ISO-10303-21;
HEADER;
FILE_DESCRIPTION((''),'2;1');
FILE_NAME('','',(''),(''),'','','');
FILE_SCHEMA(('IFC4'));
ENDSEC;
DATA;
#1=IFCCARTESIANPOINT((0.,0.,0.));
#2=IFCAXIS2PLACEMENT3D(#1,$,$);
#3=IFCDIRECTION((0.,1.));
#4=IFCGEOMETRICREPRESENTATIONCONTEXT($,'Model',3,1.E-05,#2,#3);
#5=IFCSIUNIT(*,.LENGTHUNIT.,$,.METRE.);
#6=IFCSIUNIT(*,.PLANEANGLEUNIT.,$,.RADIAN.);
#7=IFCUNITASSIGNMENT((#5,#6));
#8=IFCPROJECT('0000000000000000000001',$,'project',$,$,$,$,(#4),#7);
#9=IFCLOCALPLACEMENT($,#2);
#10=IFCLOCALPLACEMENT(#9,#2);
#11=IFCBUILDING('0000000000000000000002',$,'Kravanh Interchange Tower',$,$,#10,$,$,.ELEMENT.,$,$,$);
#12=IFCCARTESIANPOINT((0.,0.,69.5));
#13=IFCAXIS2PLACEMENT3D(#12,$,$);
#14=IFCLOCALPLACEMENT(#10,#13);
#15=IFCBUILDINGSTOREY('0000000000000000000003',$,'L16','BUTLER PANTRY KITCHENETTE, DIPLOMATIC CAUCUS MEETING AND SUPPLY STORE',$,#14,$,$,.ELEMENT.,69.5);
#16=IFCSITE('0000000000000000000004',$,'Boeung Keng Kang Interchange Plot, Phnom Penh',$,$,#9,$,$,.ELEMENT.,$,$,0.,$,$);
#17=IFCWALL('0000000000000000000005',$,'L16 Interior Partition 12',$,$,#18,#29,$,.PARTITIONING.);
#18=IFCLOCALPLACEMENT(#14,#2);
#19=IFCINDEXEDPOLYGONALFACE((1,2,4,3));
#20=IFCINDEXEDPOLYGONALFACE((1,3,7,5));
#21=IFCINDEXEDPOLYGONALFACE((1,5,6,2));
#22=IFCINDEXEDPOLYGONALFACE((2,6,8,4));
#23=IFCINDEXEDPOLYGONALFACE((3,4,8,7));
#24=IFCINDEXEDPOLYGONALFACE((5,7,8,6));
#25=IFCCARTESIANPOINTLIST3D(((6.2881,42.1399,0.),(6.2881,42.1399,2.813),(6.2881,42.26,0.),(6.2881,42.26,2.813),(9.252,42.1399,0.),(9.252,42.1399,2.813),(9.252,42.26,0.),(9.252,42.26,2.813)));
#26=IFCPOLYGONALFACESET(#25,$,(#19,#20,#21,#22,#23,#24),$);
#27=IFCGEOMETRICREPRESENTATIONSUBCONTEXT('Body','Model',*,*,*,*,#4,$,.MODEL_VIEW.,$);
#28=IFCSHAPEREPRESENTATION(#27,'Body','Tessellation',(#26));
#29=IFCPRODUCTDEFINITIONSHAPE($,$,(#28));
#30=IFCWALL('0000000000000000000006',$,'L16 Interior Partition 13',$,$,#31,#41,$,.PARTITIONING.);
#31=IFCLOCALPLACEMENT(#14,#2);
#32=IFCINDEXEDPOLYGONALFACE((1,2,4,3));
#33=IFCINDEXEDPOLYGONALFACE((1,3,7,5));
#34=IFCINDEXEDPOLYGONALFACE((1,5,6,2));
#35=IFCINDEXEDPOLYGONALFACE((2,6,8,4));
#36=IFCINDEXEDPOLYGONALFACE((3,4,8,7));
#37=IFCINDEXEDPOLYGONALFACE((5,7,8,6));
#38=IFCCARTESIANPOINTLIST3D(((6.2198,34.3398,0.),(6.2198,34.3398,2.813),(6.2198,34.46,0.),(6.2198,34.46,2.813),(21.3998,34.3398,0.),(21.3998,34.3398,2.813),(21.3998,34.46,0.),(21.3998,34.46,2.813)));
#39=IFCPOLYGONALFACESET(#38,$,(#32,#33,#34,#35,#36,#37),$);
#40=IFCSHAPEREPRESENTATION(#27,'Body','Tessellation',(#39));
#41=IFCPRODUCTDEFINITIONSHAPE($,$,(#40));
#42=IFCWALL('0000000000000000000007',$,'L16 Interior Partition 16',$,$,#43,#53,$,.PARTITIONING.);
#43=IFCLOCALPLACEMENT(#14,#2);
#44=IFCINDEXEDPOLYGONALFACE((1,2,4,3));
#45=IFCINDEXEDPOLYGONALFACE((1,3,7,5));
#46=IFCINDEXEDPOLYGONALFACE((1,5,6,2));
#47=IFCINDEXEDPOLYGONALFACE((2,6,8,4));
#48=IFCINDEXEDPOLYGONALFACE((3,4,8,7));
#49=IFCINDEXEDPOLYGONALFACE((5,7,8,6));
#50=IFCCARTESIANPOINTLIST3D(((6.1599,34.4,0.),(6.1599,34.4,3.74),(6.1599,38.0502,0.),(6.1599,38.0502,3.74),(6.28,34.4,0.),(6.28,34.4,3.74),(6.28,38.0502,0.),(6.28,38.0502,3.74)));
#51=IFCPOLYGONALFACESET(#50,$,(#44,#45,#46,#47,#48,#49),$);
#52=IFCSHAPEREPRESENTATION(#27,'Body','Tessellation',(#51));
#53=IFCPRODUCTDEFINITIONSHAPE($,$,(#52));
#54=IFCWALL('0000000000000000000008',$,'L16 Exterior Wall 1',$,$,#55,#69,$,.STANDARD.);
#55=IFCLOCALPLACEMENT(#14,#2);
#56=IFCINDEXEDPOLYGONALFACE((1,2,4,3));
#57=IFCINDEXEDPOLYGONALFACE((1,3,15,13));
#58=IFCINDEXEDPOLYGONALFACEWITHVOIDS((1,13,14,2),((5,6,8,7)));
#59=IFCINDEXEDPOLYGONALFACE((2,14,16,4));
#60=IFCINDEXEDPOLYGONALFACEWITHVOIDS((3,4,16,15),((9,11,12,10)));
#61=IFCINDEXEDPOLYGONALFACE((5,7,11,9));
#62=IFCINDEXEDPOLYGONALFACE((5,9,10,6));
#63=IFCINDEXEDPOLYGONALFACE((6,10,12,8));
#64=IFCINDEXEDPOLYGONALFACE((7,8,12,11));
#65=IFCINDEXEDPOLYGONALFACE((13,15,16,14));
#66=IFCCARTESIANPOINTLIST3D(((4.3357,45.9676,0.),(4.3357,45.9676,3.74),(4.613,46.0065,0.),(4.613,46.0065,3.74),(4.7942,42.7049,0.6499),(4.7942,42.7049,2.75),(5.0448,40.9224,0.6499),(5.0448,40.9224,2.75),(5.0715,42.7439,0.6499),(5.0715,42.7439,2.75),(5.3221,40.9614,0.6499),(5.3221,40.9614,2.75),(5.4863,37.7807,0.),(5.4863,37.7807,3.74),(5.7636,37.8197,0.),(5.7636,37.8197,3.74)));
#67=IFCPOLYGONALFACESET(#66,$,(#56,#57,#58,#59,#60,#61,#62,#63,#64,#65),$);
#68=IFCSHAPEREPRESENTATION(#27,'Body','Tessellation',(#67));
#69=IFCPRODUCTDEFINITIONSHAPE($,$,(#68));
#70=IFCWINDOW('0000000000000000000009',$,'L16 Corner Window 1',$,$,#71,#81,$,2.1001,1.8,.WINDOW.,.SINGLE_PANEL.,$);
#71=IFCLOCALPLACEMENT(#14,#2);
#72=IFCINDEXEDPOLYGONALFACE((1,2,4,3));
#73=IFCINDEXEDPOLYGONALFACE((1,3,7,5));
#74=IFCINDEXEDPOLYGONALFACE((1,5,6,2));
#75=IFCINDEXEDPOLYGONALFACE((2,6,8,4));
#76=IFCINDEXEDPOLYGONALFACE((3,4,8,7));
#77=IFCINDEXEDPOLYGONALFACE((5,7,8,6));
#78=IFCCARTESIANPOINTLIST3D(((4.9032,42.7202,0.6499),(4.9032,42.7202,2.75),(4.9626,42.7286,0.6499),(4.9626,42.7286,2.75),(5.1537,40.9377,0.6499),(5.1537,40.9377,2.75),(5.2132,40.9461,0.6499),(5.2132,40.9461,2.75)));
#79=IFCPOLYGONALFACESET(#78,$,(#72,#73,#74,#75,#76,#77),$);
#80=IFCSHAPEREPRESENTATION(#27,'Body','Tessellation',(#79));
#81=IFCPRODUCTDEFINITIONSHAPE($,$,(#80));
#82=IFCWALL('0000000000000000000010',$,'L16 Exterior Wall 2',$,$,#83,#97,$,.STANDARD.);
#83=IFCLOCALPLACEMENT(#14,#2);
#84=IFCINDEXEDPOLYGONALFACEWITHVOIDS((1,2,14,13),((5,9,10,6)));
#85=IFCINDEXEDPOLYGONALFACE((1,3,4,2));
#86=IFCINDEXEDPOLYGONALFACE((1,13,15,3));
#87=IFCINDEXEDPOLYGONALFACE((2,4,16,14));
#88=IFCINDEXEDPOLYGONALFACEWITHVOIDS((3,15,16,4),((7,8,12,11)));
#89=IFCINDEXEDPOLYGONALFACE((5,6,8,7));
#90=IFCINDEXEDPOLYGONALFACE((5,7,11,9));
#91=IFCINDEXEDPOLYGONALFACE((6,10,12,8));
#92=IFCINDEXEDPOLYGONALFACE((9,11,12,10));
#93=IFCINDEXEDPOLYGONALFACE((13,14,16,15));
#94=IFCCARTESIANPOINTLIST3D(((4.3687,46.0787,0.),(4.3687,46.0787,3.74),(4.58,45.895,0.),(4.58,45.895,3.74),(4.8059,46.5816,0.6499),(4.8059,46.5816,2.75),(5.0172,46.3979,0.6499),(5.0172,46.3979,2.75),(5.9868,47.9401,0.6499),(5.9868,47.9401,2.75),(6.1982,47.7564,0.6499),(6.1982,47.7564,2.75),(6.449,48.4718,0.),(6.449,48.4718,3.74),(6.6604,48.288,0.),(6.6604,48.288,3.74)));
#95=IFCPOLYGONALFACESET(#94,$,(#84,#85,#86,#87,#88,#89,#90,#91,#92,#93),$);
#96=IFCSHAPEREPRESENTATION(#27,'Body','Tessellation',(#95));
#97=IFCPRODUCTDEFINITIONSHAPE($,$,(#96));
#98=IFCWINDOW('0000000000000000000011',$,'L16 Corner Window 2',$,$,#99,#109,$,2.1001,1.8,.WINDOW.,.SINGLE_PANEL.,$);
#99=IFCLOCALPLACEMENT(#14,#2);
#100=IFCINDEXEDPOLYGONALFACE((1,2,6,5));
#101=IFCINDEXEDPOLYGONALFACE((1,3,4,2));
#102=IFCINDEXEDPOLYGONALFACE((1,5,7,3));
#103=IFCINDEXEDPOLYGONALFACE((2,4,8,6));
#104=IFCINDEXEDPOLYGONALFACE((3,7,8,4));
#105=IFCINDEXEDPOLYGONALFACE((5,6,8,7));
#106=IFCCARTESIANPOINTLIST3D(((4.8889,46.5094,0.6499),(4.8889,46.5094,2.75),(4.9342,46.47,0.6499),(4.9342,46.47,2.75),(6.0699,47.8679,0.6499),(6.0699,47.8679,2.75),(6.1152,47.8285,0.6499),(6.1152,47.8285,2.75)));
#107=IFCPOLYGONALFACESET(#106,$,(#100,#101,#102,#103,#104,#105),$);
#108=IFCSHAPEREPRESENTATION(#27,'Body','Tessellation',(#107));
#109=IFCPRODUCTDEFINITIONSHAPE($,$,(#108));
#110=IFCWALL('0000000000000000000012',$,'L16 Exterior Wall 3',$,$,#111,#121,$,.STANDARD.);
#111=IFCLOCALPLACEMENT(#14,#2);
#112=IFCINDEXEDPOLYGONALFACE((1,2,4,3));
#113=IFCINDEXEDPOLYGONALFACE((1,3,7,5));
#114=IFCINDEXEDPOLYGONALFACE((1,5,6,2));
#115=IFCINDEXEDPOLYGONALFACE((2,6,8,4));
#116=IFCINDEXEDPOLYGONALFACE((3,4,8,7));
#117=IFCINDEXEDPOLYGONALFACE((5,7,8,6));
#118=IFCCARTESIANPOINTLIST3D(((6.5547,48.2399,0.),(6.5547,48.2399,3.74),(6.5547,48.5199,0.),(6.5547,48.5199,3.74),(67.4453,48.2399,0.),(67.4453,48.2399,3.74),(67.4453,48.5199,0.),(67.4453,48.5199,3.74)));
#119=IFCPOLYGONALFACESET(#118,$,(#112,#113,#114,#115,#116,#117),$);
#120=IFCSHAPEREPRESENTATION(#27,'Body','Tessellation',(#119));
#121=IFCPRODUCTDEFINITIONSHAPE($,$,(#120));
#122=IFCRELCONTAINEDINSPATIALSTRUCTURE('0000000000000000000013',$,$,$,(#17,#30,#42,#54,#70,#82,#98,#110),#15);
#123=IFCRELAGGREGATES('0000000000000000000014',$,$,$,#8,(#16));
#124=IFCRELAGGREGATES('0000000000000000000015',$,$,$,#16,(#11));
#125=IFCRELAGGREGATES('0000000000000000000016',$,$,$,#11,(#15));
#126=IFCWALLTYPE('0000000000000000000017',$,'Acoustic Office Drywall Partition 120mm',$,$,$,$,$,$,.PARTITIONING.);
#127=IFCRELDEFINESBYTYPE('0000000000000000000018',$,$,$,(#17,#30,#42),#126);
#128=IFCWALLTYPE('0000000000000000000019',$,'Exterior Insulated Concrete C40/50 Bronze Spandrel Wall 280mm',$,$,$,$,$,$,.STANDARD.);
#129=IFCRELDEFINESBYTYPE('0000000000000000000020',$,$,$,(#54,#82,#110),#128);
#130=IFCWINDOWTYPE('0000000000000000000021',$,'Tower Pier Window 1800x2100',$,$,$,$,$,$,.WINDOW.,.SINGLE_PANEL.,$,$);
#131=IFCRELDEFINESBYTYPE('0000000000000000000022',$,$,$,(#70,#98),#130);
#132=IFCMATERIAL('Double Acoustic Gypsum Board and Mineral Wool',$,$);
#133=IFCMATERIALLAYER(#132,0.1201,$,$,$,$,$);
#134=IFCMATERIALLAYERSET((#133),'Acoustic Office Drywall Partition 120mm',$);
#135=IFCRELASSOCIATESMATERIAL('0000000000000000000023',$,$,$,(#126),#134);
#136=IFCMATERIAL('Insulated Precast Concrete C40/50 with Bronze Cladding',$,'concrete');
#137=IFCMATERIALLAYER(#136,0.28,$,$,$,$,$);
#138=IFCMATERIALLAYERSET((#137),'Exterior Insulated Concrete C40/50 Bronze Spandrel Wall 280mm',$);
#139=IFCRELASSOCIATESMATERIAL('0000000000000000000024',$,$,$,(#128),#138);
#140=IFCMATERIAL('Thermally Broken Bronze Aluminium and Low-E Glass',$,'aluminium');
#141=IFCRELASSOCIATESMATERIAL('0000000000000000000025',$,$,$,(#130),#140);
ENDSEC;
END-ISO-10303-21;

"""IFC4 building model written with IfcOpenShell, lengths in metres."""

from ifc_helpers import new_model, si_unit, direction, frame, frame_2d, origin, place, context, subcontext, project, spatial, rectangle, extrude, material, layer, layer_set, type_object, element, fill, save


model = new_model("IFC4")

# Units and contexts
model_context = context("Model", 3, precision=1e-05, world=origin(), true_north=direction((0.0, 1.0)))
body_context = subcontext(model_context, "Body", "Model", "MODEL_VIEW")
ifc_project = project(units=[si_unit("LENGTHUNIT", "METRE"), si_unit("PLANEANGLEUNIT", "RADIAN")], contexts=[model_context])

# Site, building, storey
site_placement = place(None, origin())
site = spatial("IfcSite", under=ifc_project, at=site_placement, Name="Boeung Keng Kang Interchange Plot, Phnom Penh", CompositionType="ELEMENT", RefElevation=0.0)
building_placement = place(site_placement, origin())
building = spatial("IfcBuilding", under=site, at=building_placement, Name="Kravanh Interchange Tower", CompositionType="ELEMENT")
storey_placement = place(building_placement, frame((0.0, 0.0, 69.5)))
storey = spatial("IfcBuildingStorey", under=building, at=storey_placement, Name="L16", Description="BUTLER PANTRY KITCHENETTE, DIPLOMATIC CAUCUS MEETING AND SUPPLY STORE", CompositionType="ELEMENT", Elevation=69.5)

# Shared definitions
ifc_material_1 = material(Name="Double Acoustic Gypsum Board and Mineral Wool")
ifc_layer_1 = layer(ifc_material_1, 0.1201)
ifc_layer_set_1 = layer_set([ifc_layer_1], Name="Acoustic Office Drywall Partition 120mm")
wall_type_1 = type_object("IfcWallType", Name="Acoustic Office Drywall Partition 120mm", PredefinedType="PARTITIONING", material=ifc_layer_set_1)

# Walls
wall_1_placement = place(storey_placement, frame((6.2881, 42.2, 0.0), z_axis=(0.0, 0.0, 1.0), x_axis=(1.0, 0.0, 0.0)))
element("IfcWall", 1, at=wall_1_placement, inside=storey, type_object=wall_type_1, Name="L16 Interior Partition 12", PredefinedType="PARTITIONING", context=body_context, shape_type="SweptSolid", body=[
    extrude(rectangle(XDim=2.9639, YDim=0.1201, at=frame_2d((1.4819, 0.0))), origin(), (0.0, 0.0, 1.0), 2.813),
])
wall_2_placement = place(storey_placement, frame((6.22, 34.3999, 0.0), z_axis=(0.0, 0.0, 1.0), x_axis=(1.0, 0.0, 0.0)))
element("IfcWall", 2, at=wall_2_placement, inside=storey, type_object=wall_type_1, Name="L16 Interior Partition 13", PredefinedType="PARTITIONING", context=body_context, shape_type="SweptSolid", body=[
    extrude(rectangle(XDim=15.1799, YDim=0.1201, at=frame_2d((7.5898, 0.0))), origin(), (0.0, 0.0, 1.0), 2.813),
])
wall_3_placement = place(storey_placement, frame((6.22, 34.3999, 0.0), z_axis=(0.0, 0.0, 1.0), x_axis=(0.0, 1.0, 0.0)))
element("IfcWall", 3, at=wall_3_placement, inside=storey, type_object=wall_type_1, Name="L16 Interior Partition 16", PredefinedType="PARTITIONING", context=body_context, shape_type="SweptSolid", body=[
    extrude(rectangle(XDim=3.6501, YDim=0.1201, at=frame_2d((1.8252, 0.0))), origin(), (0.0, 0.0, 1.0), 3.74),
])

# Walls, openings, windows
ifc_material_2 = material(Name="Insulated Precast Concrete C40/50 with Bronze Cladding", Category="concrete")
ifc_layer_2 = layer(ifc_material_2, 0.28)
ifc_layer_set_2 = layer_set([ifc_layer_2], Name="Exterior Insulated Concrete C40/50 Bronze Spandrel Wall 280mm")
wall_type_2 = type_object("IfcWallType", Name="Exterior Insulated Concrete C40/50 Bronze Spandrel Wall 280mm", PredefinedType="STANDARD", material=ifc_layer_set_2)
wall_4_placement = place(storey_placement, frame((5.625, 37.8, 0.0), z_axis=(0.0, 0.0, 1.0), x_axis=(-0.13918, 0.990267, 0.0)))
wall_4 = element("IfcWall", 4, at=wall_4_placement, inside=storey, type_object=wall_type_2, Name="L16 Exterior Wall 1", PredefinedType="STANDARD", context=body_context, shape_type="SweptSolid", body=[
    extrude(rectangle(XDim=8.2673, YDim=0.28, at=frame_2d((4.1338, 0.0))), origin(), (0.0, 0.0, 1.0), 3.74),
])
opening_1_placement = place(wall_4_placement, frame((3.1729, 0.0, 0.6499)))
opening_1 = element("IfcOpeningElement", 5, at=opening_1_placement, cuts=wall_4, PredefinedType="OPENING", context=body_context, shape_type="SweptSolid", body=[
    extrude(rectangle(XDim=1.8, YDim=2.1001, at=frame_2d((0.8999, 1.05))), frame((0.0, 0.1499, 0.0), z_axis=(0.0, -1.0, 0.0), x_axis=(1.0, 0.0, 0.0)), (0.0, 0.0, 1.0), 0.3),
])
ifc_material_3 = material(Name="Thermally Broken Bronze Aluminium and Low-E Glass", Category="aluminium")
window_type = type_object("IfcWindowType", Name="Tower Pier Window 1800x2100", PartitioningType="SINGLE_PANEL", PredefinedType="WINDOW", material=ifc_material_3)
window_1_placement = place(opening_1_placement, origin())
window_1 = element("IfcWindow", 6, at=window_1_placement, inside=storey, type_object=window_type, Name="L16 Corner Window 1", OverallHeight=2.1001, OverallWidth=1.8, PartitioningType="SINGLE_PANEL", PredefinedType="WINDOW", context=body_context, shape_type="SweptSolid", body=[
    extrude(rectangle(XDim=1.8, YDim=2.1001, at=frame_2d((0.8999, 1.05))), frame((0.0, 0.03, 0.0), z_axis=(0.0, -1.0, 0.0), x_axis=(1.0, 0.0, 0.0)), (0.0, 0.0, 1.0), 0.0601),
])
fill(opening_1, window_1)
wall_5_placement = place(storey_placement, frame((4.4744, 45.9868, 0.0), z_axis=(0.0, 0.0, 1.0), x_axis=(0.65607, 0.7547, 0.0)))
wall_5 = element("IfcWall", 7, at=wall_5_placement, inside=storey, type_object=wall_type_2, Name="L16 Exterior Wall 2", PredefinedType="STANDARD", context=body_context, shape_type="SweptSolid", body=[
    extrude(rectangle(XDim=3.1709, YDim=0.28, at=frame_2d((1.5854, 0.0))), origin(), (0.0, 0.0, 1.0), 3.74),
])
opening_2_placement = place(wall_5_placement, frame((0.6665, 0.0, 0.6499)))
opening_2 = element("IfcOpeningElement", 8, at=opening_2_placement, cuts=wall_5, PredefinedType="OPENING", context=body_context, shape_type="SweptSolid", body=[
    extrude(rectangle(XDim=1.8, YDim=2.1001, at=frame_2d((0.8999, 1.05))), frame((0.0, 0.1499, 0.0), z_axis=(0.0, -1.0, 0.0), x_axis=(1.0, 0.0, 0.0)), (0.0, 0.0, 1.0), 0.3),
])
window_2_placement = place(opening_2_placement, origin())
window_2 = element("IfcWindow", 9, at=window_2_placement, inside=storey, type_object=window_type, Name="L16 Corner Window 2", OverallHeight=2.1001, OverallWidth=1.8, PartitioningType="SINGLE_PANEL", PredefinedType="WINDOW", context=body_context, shape_type="SweptSolid", body=[
    extrude(rectangle(XDim=1.8, YDim=2.1001, at=frame_2d((0.8999, 1.05))), frame((0.0, 0.03, 0.0), z_axis=(0.0, -1.0, 0.0), x_axis=(1.0, 0.0, 0.0)), (0.0, 0.0, 1.0), 0.0601),
])
fill(opening_2, window_2)

# Wall
wall_6_placement = place(storey_placement, frame((6.5547, 48.3799, 0.0), z_axis=(0.0, 0.0, 1.0), x_axis=(1.0, 0.0, 0.0)))
element("IfcWall", 10, at=wall_6_placement, inside=storey, type_object=wall_type_2, Name="L16 Exterior Wall 3", PredefinedType="STANDARD", context=body_context, shape_type="SweptSolid", body=[
    extrude(rectangle(XDim=60.8906, YDim=0.28, at=frame_2d((30.4453, 0.0))), origin(), (0.0, 0.0, 1.0), 3.74),
])

save(model, "model.ifc")
